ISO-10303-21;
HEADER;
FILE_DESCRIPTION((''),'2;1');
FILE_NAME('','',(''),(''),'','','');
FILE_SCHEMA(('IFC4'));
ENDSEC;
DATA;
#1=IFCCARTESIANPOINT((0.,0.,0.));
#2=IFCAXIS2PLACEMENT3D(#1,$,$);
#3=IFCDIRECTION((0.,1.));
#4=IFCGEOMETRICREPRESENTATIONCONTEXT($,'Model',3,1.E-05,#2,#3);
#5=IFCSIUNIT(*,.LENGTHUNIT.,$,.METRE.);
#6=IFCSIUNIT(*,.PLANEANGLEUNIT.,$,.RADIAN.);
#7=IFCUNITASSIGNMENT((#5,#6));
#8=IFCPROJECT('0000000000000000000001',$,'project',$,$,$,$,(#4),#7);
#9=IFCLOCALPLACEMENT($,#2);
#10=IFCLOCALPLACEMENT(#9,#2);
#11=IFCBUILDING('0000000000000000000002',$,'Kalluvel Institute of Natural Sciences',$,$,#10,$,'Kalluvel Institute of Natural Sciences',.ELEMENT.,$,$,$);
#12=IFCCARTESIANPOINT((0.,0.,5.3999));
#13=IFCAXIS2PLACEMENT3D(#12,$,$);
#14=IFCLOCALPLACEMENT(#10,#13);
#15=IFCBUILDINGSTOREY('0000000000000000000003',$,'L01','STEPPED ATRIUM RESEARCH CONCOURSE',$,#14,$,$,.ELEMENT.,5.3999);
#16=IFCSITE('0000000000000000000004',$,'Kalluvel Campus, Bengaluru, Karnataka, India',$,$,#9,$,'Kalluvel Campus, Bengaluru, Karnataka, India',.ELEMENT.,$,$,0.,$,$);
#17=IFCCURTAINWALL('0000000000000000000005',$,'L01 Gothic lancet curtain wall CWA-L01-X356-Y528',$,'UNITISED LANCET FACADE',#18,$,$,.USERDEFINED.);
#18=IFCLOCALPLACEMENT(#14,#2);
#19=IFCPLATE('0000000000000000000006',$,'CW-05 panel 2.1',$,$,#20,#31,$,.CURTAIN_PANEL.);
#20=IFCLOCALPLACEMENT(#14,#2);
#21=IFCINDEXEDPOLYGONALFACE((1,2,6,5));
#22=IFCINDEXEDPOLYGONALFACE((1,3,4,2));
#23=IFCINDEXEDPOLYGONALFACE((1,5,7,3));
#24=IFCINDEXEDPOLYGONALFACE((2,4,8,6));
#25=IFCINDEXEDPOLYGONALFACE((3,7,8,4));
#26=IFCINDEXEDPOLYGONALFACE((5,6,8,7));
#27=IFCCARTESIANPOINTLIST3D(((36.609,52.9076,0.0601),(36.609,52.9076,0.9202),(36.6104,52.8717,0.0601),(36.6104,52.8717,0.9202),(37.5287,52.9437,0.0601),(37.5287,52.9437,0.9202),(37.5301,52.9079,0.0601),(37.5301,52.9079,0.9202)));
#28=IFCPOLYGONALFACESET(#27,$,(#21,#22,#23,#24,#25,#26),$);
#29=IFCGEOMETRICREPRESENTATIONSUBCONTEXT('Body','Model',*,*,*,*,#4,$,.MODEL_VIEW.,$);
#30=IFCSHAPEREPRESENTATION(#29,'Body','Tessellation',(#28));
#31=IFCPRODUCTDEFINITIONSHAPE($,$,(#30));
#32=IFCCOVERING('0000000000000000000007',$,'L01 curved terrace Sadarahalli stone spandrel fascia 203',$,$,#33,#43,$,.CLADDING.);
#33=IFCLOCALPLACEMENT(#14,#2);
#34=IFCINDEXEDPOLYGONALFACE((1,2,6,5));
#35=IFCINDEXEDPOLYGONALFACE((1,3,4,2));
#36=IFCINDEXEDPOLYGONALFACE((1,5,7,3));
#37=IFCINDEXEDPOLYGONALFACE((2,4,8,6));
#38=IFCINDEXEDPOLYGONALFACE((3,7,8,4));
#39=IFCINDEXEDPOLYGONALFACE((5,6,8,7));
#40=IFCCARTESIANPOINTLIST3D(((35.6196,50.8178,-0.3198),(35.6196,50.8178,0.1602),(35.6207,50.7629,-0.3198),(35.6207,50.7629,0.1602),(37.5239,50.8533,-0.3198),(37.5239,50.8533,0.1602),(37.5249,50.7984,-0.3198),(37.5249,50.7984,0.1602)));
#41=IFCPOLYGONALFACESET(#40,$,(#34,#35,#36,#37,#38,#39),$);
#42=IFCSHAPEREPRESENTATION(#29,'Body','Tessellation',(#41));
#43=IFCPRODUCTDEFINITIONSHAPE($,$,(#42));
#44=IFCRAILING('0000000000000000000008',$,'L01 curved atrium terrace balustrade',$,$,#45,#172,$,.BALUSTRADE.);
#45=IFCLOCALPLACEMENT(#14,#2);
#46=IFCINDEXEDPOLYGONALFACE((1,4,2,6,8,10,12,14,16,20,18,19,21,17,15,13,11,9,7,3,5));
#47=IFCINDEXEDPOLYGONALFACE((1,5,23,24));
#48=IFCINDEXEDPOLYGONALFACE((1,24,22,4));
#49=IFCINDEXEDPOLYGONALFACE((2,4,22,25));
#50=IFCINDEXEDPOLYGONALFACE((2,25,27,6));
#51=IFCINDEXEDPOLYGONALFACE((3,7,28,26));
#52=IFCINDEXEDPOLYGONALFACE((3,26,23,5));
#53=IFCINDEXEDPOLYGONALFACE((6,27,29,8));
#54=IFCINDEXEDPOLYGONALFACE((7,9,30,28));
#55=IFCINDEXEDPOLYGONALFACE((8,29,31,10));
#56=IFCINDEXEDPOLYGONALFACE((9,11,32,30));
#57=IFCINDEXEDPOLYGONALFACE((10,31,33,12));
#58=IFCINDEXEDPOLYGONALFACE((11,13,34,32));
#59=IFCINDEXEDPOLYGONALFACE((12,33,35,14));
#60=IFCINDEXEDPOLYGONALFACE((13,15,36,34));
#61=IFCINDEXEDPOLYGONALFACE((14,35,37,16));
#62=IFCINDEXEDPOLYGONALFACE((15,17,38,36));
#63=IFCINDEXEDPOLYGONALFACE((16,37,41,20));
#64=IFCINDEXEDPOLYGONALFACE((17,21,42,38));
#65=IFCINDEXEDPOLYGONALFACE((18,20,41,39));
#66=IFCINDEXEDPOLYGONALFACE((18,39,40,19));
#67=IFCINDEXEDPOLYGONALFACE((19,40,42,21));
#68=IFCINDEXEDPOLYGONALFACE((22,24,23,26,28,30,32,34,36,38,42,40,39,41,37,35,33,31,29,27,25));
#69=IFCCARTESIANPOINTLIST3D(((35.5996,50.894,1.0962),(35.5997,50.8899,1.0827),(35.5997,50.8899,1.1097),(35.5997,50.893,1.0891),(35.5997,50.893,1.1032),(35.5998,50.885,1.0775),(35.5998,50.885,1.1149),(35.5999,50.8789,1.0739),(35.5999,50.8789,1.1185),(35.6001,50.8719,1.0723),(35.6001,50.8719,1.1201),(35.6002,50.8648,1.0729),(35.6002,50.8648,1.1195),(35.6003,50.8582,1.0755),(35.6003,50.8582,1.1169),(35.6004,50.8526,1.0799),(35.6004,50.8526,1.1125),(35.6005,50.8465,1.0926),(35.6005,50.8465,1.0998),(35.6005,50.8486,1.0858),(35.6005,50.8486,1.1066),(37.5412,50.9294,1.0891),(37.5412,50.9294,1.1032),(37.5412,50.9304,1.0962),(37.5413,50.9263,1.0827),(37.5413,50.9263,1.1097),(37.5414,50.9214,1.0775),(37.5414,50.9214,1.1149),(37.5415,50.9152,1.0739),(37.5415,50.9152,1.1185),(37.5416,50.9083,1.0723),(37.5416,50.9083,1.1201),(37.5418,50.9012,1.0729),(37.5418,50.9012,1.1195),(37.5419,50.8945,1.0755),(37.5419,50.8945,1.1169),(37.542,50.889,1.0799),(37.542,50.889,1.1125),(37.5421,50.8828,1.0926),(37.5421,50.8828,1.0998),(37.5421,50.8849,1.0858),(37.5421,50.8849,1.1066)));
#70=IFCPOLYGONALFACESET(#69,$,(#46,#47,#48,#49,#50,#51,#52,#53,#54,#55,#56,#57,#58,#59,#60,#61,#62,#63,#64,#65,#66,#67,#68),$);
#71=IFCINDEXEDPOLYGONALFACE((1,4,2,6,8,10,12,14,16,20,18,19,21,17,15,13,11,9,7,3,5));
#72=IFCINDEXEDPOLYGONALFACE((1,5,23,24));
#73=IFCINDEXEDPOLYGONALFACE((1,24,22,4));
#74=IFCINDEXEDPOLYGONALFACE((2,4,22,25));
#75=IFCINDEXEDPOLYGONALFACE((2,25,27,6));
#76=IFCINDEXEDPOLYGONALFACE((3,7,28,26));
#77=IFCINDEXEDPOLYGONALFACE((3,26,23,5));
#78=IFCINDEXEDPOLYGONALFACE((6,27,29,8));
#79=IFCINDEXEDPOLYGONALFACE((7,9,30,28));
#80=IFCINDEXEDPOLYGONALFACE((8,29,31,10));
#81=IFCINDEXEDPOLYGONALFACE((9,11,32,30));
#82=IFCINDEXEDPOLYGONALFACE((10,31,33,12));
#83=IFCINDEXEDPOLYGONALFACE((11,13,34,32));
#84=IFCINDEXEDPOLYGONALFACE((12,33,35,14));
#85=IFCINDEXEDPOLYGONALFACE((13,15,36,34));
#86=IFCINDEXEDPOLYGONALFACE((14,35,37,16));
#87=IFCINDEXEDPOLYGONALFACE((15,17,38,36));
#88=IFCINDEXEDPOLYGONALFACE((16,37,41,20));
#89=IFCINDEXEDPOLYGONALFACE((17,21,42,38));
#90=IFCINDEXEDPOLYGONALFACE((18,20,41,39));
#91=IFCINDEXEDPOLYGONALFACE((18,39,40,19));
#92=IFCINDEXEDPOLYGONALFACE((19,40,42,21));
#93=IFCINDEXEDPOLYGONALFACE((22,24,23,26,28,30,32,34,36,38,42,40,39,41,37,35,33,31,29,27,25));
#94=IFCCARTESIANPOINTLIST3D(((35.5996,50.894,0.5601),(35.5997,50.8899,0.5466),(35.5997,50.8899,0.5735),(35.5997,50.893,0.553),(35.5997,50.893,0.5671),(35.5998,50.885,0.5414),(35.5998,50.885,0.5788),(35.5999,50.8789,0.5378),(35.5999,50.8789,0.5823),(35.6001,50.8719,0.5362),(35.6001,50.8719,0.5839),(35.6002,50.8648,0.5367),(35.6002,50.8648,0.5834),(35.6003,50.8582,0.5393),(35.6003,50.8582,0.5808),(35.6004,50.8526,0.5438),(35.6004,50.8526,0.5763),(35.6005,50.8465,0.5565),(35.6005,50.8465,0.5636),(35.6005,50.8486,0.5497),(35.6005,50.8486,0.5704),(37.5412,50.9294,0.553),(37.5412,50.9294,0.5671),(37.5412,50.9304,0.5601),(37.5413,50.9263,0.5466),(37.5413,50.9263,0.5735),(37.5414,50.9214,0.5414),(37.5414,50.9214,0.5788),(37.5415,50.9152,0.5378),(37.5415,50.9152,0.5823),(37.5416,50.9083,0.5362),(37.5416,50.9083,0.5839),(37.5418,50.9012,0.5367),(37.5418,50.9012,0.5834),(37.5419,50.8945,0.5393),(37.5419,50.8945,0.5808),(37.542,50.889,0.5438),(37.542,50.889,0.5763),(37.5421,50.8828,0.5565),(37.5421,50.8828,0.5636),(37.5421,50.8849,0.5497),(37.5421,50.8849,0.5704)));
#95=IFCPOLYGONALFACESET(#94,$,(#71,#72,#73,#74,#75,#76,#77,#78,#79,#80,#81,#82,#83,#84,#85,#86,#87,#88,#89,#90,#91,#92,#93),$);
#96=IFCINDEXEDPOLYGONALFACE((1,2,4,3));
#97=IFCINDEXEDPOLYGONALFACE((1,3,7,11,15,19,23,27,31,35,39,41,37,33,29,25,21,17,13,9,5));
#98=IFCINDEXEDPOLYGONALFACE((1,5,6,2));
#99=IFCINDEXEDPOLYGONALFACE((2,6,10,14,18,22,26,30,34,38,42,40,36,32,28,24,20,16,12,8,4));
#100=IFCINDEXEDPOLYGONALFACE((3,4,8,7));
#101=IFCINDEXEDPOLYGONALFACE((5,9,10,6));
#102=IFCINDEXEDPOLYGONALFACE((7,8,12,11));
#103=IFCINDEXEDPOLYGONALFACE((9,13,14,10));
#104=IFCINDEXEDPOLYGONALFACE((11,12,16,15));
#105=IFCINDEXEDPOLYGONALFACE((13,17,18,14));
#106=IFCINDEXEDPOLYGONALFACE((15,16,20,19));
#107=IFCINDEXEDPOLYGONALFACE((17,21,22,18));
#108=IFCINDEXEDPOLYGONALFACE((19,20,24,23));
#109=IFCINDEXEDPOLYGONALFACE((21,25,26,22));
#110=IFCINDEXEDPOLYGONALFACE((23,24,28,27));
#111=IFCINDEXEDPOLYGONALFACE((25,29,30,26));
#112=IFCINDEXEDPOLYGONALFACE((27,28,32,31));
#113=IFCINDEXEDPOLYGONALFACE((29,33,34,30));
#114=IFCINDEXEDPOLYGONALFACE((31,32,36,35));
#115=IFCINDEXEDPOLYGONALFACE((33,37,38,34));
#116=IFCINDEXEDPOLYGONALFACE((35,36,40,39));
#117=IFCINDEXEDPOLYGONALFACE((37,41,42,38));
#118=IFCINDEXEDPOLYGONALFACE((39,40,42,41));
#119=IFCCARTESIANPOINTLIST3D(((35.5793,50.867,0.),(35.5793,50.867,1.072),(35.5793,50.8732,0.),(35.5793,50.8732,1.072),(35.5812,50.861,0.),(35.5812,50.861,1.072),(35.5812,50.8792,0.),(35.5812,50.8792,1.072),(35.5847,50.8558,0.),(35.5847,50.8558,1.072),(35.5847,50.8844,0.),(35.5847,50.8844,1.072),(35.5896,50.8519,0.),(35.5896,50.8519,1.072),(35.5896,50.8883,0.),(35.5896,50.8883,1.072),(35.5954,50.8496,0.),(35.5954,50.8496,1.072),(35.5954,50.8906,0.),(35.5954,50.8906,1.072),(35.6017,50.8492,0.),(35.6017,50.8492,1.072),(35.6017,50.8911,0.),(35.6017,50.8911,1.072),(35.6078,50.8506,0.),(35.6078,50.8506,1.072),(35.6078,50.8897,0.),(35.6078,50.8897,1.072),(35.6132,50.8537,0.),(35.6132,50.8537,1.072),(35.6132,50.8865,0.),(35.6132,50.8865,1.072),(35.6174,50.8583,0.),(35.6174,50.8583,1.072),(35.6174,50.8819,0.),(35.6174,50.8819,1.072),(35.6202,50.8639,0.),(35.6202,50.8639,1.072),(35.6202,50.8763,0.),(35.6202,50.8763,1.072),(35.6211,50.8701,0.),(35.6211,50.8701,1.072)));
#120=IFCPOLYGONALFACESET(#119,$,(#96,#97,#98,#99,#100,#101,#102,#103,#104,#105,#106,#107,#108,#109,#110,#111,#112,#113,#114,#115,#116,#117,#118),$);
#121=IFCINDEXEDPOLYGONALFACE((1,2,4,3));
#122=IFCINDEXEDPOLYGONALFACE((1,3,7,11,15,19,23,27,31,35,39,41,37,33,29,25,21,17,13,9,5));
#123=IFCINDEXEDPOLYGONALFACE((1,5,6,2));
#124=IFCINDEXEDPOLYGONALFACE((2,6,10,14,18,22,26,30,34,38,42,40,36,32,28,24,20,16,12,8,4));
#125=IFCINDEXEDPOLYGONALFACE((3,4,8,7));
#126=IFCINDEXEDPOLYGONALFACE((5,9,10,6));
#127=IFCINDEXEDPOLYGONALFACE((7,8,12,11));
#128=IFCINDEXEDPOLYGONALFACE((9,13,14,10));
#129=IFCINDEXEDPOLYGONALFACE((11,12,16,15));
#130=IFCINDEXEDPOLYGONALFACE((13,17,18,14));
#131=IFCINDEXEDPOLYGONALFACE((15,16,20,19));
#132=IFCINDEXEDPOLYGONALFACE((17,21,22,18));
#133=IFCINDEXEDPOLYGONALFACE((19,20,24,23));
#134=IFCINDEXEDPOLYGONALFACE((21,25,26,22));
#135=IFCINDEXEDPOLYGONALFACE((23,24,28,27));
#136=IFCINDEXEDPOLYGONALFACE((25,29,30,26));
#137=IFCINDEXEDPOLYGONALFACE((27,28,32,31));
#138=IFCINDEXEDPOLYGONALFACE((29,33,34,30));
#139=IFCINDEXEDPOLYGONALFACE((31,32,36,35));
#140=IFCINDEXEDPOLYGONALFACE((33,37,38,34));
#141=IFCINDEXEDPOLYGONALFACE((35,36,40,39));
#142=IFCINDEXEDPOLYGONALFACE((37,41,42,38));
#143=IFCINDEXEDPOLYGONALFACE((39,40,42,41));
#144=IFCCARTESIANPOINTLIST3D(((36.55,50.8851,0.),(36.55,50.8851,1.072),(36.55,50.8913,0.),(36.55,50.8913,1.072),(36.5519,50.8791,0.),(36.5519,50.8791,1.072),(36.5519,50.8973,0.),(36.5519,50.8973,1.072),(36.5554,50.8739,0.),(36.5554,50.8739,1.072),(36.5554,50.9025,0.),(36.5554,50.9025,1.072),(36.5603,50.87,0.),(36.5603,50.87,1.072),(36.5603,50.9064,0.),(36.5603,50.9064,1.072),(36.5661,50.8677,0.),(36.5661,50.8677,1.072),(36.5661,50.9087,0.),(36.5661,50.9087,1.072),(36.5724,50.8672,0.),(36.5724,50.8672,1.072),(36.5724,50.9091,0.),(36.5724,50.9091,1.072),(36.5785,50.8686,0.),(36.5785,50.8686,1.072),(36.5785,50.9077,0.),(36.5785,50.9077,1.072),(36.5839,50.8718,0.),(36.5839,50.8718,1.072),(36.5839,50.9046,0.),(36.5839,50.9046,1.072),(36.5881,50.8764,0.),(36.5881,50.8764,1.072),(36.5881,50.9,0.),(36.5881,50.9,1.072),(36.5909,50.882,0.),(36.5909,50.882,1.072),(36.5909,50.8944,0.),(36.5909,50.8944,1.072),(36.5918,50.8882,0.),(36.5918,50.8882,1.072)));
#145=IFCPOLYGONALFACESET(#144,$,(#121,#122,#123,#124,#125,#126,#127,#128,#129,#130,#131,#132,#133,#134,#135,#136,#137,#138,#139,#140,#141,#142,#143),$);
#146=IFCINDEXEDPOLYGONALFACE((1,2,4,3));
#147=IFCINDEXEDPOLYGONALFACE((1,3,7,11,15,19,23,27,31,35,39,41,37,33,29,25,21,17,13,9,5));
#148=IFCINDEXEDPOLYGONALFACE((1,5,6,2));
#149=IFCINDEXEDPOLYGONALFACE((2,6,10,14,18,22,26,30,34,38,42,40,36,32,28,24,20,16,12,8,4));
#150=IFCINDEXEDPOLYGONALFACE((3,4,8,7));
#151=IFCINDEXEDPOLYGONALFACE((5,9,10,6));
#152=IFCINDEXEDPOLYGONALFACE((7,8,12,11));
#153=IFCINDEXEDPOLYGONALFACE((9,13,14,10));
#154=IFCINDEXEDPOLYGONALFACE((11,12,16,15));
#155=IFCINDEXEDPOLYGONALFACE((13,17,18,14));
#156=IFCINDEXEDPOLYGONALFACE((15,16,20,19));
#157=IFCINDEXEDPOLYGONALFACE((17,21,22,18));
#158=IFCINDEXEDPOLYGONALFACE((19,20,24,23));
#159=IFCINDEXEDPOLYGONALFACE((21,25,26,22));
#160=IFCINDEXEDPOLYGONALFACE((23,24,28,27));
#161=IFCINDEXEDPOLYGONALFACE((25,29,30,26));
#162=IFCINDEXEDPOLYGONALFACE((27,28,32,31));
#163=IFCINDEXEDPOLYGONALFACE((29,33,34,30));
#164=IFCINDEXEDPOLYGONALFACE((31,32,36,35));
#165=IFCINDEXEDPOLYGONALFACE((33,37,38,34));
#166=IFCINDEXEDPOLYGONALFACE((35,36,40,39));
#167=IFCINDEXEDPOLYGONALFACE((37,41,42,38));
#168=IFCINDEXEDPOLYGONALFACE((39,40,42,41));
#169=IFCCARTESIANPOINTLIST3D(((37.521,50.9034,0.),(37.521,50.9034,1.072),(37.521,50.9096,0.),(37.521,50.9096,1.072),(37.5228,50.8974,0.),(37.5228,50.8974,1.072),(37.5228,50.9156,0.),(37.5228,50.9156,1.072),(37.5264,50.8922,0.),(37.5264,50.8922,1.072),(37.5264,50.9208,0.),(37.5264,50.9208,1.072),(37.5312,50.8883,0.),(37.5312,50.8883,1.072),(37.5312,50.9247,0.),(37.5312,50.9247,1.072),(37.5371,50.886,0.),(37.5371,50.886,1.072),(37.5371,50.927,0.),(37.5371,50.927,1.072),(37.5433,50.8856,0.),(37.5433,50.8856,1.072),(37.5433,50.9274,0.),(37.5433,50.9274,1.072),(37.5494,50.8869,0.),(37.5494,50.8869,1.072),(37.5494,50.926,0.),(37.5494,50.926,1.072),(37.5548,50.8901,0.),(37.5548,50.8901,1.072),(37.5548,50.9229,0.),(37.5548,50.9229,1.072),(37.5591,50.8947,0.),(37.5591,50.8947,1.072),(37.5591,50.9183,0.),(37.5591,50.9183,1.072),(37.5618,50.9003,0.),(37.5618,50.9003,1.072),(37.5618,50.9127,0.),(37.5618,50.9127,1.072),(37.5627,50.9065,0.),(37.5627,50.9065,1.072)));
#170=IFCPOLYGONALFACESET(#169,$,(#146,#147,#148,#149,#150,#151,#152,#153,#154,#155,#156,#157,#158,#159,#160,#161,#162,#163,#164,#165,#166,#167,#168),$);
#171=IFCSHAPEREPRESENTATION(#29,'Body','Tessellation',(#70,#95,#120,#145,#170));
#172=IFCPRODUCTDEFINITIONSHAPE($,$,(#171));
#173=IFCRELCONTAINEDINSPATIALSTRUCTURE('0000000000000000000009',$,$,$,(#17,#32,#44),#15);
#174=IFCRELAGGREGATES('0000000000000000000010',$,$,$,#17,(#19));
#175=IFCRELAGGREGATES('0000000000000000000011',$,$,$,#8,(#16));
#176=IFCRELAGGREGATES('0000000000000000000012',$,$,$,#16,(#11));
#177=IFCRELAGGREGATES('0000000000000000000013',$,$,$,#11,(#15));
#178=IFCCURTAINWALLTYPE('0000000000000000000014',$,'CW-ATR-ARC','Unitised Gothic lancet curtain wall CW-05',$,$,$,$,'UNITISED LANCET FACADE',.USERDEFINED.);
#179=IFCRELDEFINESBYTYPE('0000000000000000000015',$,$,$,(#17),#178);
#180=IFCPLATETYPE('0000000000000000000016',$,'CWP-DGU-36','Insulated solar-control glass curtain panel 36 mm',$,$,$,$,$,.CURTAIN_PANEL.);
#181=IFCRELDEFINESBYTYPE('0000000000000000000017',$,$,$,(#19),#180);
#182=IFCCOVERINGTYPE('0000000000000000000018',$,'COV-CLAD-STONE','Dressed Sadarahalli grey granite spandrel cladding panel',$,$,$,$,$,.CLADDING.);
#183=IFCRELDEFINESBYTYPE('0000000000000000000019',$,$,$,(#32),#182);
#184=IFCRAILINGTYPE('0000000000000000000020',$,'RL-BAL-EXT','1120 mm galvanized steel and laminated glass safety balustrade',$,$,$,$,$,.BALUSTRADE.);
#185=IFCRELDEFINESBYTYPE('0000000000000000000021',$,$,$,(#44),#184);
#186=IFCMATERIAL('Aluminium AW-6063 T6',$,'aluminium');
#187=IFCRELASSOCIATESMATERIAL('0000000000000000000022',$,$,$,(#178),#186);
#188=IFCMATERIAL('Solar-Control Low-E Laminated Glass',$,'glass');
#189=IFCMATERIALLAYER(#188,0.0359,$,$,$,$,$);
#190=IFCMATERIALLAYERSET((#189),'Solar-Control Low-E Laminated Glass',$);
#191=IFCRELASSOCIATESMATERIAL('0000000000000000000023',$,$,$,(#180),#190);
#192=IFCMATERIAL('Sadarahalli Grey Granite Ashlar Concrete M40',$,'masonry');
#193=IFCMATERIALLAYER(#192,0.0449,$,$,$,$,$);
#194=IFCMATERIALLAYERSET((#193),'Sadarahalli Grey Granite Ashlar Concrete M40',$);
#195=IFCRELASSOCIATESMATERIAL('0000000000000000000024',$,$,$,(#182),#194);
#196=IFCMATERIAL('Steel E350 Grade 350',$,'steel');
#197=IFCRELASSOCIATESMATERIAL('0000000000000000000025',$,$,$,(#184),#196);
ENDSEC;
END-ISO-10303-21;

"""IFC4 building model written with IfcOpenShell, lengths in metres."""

from ifc_helpers import new_model, si_unit, direction, frame, origin, origin_2d, place, context, subcontext, project, spatial, rectangle, circle, extrude, material, layer, layer_set, type_object, element, aggregate, save


model = new_model("IFC4")

# Units and contexts
model_context = context("Model", 3, precision=1e-05, world=origin(), true_north=direction((0.0, 1.0)))
body_context = subcontext(model_context, "Body", "Model", "MODEL_VIEW")
ifc_project = project(units=[si_unit("LENGTHUNIT", "METRE"), si_unit("PLANEANGLEUNIT", "RADIAN")], contexts=[model_context])

# Site, building, storey
site_placement = place(None, origin())
site = spatial("IfcSite", under=ifc_project, at=site_placement, Name="Kalluvel Campus, Bengaluru, Karnataka, India", LongName="Kalluvel Campus, Bengaluru, Karnataka, India", CompositionType="ELEMENT", RefElevation=0.0)
building_placement = place(site_placement, origin())
building = spatial("IfcBuilding", under=site, at=building_placement, Name="Kalluvel Institute of Natural Sciences", LongName="Kalluvel Institute of Natural Sciences", CompositionType="ELEMENT")
storey_placement = place(building_placement, frame((0.0, 0.0, 5.3999)))
storey = spatial("IfcBuildingStorey", under=building, at=storey_placement, Name="L01", Description="STEPPED ATRIUM RESEARCH CONCOURSE", CompositionType="ELEMENT", Elevation=5.3999)

# Curtain wall
ifc_material_1 = material(Name="Aluminium AW-6063 T6", Category="aluminium")
curtain_wall_type_1 = type_object("IfcCurtainWallType", Name="CW-ATR-ARC", Description="Unitised Gothic lancet curtain wall CW-05", ElementType="UNITISED LANCET FACADE", PredefinedType="USERDEFINED", material=ifc_material_1)
curtain_wall_1_placement = place(storey_placement, origin())
curtain_wall_1 = element("IfcCurtainWall", 1, at=curtain_wall_1_placement, inside=storey, type_object=curtain_wall_type_1, Name="L01 Gothic lancet curtain wall CWA-L01-X356-Y528", ObjectType="UNITISED LANCET FACADE", PredefinedType="USERDEFINED")

# Plate
ifc_material_2 = material(Name="Solar-Control Low-E Laminated Glass", Category="glass")
ifc_layer_1 = layer(ifc_material_2, 0.0359)
ifc_layer_set_1 = layer_set([ifc_layer_1], Name="Solar-Control Low-E Laminated Glass")
plate_type_1 = type_object("IfcPlateType", Name="CWP-DGU-36", Description="Insulated solar-control glass curtain panel 36 mm", PredefinedType="CURTAIN_PANEL", material=ifc_layer_set_1)
plate_1_placement = place(storey_placement, frame((37.0696, 52.9077, 0.0601), z_axis=(0.0, 0.0, 1.0), x_axis=(0.999229, 0.039265, 0.0)))
plate_1 = element("IfcPlate", 2, at=plate_1_placement, type_object=plate_type_1, Name="CW-05 panel 2.1", PredefinedType="CURTAIN_PANEL", context=body_context, shape_type="SweptSolid", body=[
    extrude(rectangle(XDim=0.9204, YDim=0.0359, at=origin_2d()), origin(), (0.0, 0.0, 1.0), 0.8601),
])
aggregate(curtain_wall_1, [plate_1])

# Covering
ifc_material_3 = material(Name="Sadarahalli Grey Granite Ashlar Concrete M40", Category="masonry")
ifc_layer_2 = layer(ifc_material_3, 0.0449)
ifc_layer_set_2 = layer_set([ifc_layer_2], Name="Sadarahalli Grey Granite Ashlar Concrete M40")
covering_type = type_object("IfcCoveringType", Name="COV-CLAD-STONE", Description="Dressed Sadarahalli grey granite spandrel cladding panel", PredefinedType="CLADDING", material=ifc_layer_set_2)
covering_placement = place(storey_placement, frame((36.5723, 50.8081, -0.3198), z_axis=(0.0, 0.0, 1.0), x_axis=(0.999826, 0.018674, 0.0)))
element("IfcCovering", 3, at=covering_placement, inside=storey, type_object=covering_type, Name="L01 curved terrace Sadarahalli stone spandrel fascia 203", PredefinedType="CLADDING", context=body_context, shape_type="SweptSolid", body=[
    extrude(rectangle(XDim=1.9045, YDim=0.0549, at=origin_2d()), origin(), (0.0, 0.0, 1.0), 0.48),
])

# Railing
ifc_material_4 = material(Name="Steel E350 Grade 350", Category="steel")
railing_type = type_object("IfcRailingType", Name="RL-BAL-EXT", Description="1120 mm galvanized steel and laminated glass safety balustrade", PredefinedType="BALUSTRADE", material=ifc_material_4)
railing_placement = place(storey_placement, frame((35.6001, 50.8701, 0.0)))
element("IfcRailing", 4, at=railing_placement, inside=storey, type_object=railing_type, Name="L01 curved atrium terrace balustrade", PredefinedType="BALUSTRADE", context=body_context, shape_type="SweptSolid", body=[
    extrude(circle(Radius=0.0239, at=origin_2d()), frame((0.0, 0.0, 1.0962), z_axis=(0.999825, 0.018732, 0.0), x_axis=(-0.018732, 0.999825, 0.0)), (0.0, 0.0, 1.0), 1.9419),
    extrude(circle(Radius=0.0239, at=origin_2d()), frame((0.0, 0.0, 0.5601), z_axis=(0.999825, 0.018732, 0.0), x_axis=(-0.018732, 0.999825, 0.0)), (0.0, 0.0, 1.0), 1.9419),
    extrude(circle(Radius=0.021, at=origin_2d()), origin(), (0.0, 0.0, 1.0), 1.072),
    extrude(circle(Radius=0.021, at=origin_2d()), frame((0.9707, 0.0181, 0.0)), (0.0, 0.0, 1.0), 1.072),
    extrude(circle(Radius=0.021, at=origin_2d()), frame((1.9417, 0.0364, 0.0)), (0.0, 0.0, 1.0), 1.072),
])

save(model, "model.ifc")
